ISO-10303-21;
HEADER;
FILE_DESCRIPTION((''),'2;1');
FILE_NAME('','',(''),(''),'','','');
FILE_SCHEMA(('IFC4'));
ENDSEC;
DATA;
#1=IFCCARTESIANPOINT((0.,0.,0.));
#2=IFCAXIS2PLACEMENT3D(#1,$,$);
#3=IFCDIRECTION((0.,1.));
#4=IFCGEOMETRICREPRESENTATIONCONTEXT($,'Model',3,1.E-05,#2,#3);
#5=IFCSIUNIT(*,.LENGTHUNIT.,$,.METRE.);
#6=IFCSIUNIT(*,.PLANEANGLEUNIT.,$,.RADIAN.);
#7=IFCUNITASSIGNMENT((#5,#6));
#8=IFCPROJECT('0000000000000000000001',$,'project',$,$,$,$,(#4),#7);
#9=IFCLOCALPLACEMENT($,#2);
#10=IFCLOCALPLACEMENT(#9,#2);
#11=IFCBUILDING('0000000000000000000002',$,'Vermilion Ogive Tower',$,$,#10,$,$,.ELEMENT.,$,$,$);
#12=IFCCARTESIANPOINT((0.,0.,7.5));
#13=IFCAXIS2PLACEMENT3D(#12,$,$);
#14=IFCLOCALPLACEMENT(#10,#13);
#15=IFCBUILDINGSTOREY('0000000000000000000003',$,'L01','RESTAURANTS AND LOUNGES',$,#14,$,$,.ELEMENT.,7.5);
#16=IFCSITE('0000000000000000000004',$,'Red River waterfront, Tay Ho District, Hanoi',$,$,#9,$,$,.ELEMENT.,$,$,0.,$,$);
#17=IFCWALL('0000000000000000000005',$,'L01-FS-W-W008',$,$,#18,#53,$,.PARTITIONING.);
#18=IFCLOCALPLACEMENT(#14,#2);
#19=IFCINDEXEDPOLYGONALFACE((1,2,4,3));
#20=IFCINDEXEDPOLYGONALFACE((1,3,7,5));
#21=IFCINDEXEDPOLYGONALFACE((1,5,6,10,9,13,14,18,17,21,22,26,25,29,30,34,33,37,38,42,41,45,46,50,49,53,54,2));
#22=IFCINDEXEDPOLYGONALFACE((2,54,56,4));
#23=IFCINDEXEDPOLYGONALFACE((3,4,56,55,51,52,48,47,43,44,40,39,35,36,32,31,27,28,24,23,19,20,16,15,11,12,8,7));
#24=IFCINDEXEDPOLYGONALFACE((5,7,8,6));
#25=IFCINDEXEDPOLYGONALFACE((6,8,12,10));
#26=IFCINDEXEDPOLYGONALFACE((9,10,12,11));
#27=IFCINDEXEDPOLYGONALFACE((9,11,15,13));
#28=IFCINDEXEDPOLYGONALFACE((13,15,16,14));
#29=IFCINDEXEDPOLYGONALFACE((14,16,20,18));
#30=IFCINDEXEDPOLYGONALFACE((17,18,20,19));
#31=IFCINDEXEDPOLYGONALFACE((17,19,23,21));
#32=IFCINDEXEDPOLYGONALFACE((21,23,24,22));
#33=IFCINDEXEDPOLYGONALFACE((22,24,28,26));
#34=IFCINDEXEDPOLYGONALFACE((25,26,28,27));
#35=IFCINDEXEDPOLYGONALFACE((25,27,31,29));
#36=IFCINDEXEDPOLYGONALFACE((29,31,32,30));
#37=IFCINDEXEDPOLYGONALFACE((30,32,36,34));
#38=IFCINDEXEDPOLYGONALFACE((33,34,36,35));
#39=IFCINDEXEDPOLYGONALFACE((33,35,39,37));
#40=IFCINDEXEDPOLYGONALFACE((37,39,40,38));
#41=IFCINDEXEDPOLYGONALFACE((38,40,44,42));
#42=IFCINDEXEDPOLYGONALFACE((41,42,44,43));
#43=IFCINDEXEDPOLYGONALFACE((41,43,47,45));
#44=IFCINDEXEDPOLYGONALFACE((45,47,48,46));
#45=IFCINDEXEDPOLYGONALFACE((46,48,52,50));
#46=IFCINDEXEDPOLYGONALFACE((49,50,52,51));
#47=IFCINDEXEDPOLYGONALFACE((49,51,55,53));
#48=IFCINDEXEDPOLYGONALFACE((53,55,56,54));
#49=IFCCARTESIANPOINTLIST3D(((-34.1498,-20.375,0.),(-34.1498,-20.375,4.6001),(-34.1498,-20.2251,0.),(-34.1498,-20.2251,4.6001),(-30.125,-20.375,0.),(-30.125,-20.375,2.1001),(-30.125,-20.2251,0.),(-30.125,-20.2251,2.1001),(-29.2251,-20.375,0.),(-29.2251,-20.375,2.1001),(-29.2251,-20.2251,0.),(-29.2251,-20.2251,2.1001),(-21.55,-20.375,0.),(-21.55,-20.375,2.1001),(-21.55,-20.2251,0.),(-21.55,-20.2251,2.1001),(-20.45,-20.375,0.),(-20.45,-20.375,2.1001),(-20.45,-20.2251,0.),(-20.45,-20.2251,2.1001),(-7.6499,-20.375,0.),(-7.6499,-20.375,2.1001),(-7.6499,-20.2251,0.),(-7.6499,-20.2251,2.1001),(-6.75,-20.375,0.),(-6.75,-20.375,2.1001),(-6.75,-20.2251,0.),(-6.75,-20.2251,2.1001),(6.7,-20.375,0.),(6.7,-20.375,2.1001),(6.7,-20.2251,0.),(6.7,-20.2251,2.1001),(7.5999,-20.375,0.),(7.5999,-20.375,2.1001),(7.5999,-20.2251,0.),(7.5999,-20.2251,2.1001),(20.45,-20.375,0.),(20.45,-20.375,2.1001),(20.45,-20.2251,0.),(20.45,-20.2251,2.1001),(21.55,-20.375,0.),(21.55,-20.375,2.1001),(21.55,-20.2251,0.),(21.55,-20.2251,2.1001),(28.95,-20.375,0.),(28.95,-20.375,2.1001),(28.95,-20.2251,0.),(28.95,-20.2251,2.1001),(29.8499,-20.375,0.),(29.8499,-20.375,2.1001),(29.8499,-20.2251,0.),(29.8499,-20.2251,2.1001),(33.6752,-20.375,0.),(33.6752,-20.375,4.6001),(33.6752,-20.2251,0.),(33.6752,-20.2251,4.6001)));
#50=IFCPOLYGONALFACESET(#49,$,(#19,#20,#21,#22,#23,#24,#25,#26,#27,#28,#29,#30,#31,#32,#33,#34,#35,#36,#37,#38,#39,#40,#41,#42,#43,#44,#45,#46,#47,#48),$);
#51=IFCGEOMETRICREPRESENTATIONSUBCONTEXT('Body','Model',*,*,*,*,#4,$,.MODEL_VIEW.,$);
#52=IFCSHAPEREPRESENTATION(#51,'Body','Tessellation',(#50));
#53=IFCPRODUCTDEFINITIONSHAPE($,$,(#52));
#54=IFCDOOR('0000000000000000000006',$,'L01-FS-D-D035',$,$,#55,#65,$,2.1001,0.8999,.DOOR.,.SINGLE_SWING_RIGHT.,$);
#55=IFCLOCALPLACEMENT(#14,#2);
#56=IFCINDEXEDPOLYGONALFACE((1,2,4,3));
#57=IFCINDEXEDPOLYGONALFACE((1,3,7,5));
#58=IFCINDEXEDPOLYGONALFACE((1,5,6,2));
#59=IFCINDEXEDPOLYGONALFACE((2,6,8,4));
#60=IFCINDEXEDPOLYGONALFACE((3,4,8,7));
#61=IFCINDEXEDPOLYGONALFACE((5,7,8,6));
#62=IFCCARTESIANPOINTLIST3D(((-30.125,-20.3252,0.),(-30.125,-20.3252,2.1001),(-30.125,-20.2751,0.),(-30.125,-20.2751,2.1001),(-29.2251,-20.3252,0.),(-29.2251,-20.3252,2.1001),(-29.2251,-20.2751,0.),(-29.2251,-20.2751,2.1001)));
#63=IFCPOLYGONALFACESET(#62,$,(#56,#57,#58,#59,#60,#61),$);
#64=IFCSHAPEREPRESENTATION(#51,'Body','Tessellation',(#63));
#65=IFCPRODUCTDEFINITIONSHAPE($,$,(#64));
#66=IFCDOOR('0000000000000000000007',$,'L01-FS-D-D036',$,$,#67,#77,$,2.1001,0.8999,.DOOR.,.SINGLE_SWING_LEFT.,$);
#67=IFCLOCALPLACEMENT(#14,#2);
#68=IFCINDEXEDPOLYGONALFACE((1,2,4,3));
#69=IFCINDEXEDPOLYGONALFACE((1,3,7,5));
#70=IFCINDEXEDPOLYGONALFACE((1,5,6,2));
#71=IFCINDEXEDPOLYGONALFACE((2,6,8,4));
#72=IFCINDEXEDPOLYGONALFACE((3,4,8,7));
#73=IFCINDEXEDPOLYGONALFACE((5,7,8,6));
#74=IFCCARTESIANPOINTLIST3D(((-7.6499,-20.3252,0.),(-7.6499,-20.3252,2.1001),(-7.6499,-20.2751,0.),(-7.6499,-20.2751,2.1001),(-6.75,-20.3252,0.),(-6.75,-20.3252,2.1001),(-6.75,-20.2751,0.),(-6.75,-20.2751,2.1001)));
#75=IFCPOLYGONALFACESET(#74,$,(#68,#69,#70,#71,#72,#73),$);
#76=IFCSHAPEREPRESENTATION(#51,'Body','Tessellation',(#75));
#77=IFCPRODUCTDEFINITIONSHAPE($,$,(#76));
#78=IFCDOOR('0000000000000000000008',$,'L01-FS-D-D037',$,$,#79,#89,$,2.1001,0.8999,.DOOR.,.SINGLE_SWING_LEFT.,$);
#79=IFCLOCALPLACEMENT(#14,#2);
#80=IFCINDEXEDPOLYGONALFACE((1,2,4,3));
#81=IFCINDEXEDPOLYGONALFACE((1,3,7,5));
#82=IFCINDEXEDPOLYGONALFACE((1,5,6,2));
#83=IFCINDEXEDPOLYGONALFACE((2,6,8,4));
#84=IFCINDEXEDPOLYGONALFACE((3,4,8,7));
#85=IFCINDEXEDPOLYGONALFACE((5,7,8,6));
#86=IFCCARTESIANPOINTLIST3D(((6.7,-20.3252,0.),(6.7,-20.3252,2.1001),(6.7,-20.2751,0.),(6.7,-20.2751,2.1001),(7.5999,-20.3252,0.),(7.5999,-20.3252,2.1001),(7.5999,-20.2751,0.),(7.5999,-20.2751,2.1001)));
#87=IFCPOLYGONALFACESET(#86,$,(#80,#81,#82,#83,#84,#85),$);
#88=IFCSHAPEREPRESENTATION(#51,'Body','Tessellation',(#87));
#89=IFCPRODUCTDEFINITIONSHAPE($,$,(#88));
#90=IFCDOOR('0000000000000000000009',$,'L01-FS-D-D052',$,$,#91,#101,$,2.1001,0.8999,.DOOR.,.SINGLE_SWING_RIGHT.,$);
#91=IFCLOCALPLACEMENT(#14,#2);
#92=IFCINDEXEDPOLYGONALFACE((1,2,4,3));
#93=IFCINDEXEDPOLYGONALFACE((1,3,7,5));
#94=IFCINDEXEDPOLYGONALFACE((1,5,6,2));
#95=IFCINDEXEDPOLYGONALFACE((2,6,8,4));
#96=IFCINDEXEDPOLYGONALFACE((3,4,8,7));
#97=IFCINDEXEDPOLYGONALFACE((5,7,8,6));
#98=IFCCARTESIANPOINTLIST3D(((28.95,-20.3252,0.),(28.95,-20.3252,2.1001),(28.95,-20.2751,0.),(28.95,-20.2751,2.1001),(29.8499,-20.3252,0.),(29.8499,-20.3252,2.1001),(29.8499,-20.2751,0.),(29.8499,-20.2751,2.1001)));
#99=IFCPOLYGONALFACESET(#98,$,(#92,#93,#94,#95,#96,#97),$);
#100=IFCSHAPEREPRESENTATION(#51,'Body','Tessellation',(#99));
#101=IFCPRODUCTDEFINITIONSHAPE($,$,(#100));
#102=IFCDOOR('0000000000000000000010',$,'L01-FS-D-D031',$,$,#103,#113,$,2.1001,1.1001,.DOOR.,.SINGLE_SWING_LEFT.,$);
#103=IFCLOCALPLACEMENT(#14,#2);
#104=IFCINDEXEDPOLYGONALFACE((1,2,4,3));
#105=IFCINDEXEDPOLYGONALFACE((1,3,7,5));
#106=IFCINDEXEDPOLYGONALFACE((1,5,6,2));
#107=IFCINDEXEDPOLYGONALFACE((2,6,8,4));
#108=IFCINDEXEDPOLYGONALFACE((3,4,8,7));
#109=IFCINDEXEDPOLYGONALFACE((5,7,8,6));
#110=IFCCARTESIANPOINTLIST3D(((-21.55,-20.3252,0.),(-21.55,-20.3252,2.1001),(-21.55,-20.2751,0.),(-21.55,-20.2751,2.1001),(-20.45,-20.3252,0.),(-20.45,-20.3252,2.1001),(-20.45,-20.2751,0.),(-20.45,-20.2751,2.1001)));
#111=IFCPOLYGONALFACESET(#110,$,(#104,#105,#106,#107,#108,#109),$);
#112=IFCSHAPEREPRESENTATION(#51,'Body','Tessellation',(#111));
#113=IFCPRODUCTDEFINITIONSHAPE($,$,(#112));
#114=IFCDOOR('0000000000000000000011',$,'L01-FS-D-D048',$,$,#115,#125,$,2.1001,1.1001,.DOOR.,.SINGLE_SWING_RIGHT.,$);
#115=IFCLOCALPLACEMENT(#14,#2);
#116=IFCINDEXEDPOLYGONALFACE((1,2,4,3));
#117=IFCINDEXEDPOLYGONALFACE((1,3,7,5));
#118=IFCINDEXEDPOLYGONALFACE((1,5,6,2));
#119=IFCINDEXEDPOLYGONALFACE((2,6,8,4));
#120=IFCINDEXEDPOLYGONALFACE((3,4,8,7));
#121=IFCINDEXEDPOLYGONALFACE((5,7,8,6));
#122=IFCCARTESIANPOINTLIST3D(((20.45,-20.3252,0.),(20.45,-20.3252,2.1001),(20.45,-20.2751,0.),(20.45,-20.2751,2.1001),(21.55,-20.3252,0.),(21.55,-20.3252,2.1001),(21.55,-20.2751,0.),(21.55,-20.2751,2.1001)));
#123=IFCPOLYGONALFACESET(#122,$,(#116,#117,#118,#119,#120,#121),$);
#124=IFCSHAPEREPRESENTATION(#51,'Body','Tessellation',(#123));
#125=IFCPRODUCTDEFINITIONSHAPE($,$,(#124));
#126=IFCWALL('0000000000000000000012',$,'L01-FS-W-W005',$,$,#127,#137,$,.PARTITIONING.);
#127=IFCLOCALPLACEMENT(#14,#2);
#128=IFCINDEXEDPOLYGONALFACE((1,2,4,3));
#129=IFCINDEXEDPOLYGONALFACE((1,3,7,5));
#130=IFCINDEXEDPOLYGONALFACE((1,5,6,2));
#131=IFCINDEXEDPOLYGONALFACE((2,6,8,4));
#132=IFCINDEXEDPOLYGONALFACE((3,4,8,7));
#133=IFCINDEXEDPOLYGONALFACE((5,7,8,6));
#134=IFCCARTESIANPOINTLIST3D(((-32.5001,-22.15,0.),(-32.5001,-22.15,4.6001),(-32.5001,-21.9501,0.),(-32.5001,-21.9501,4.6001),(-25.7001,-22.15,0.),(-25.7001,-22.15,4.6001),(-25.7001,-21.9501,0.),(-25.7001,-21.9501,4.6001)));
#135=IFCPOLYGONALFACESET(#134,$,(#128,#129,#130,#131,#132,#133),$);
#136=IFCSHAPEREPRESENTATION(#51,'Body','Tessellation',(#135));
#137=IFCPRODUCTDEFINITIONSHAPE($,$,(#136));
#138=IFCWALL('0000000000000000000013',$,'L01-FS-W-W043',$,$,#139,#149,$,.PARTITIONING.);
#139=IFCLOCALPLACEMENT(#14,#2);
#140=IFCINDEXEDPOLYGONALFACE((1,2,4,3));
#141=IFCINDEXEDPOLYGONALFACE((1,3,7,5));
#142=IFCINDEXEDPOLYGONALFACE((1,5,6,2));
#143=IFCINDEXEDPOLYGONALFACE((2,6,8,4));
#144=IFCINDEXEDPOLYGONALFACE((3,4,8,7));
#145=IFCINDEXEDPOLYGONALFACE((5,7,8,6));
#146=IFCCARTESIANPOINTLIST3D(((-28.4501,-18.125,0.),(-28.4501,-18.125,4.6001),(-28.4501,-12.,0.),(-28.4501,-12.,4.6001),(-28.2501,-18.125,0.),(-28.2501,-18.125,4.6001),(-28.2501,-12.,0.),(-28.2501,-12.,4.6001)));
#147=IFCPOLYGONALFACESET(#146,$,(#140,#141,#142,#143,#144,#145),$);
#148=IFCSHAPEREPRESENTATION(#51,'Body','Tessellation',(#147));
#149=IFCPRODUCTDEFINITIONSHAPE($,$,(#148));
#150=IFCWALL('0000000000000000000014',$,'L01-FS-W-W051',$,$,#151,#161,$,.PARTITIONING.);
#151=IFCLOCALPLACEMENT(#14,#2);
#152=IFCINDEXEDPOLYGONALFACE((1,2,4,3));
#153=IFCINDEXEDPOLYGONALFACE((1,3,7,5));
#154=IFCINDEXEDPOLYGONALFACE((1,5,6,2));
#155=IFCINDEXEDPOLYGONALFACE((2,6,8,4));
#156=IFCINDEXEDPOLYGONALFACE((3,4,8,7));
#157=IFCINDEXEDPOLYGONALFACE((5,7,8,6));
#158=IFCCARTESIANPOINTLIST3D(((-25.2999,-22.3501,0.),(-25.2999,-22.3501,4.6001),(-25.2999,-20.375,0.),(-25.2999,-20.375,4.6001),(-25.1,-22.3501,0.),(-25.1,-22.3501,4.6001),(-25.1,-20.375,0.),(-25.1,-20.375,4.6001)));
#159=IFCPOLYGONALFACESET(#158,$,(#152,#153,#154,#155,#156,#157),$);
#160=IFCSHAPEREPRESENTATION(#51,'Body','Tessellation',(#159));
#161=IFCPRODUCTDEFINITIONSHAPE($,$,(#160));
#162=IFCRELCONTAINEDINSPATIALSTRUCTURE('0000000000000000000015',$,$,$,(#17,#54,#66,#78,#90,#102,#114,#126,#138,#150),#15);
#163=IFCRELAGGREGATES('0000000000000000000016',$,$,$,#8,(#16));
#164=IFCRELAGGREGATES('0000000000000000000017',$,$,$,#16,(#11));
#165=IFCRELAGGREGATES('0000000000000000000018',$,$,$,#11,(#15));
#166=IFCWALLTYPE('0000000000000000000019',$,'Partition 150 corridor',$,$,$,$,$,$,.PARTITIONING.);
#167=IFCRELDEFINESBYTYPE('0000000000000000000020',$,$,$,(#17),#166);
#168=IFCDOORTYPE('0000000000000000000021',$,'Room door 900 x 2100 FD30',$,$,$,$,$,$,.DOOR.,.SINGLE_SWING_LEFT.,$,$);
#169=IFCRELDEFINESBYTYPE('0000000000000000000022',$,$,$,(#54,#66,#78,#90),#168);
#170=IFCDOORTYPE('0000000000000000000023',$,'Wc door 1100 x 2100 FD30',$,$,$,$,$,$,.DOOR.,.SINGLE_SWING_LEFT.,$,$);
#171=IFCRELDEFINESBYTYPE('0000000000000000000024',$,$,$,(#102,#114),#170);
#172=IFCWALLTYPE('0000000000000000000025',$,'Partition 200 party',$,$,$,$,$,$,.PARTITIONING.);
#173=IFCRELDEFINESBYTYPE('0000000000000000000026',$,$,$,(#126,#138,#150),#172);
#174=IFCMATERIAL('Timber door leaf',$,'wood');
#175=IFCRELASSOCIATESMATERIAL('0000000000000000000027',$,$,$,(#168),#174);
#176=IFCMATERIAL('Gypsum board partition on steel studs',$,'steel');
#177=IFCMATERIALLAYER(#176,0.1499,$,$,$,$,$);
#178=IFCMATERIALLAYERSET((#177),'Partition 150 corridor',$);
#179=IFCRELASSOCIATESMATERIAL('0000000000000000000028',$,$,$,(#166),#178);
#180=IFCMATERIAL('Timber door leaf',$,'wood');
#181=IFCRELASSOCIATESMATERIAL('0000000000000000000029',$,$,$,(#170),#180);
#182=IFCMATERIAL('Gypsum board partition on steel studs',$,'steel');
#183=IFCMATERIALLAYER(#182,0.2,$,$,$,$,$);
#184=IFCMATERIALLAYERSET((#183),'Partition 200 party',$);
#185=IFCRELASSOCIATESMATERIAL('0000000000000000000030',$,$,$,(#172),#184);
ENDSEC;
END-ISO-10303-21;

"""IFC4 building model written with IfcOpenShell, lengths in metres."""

from ifc_helpers import new_model, si_unit, direction, frame, frame_2d, origin, place, context, subcontext, project, spatial, rectangle, extrude, material, layer, layer_set, type_object, element, fill, save


model = new_model("IFC4")

# Units and contexts
model_context = context("Model", 3, precision=1e-05, world=origin(), true_north=direction((0.0, 1.0)))
body_context = subcontext(model_context, "Body", "Model", "MODEL_VIEW")
ifc_project = project(units=[si_unit("LENGTHUNIT", "METRE"), si_unit("PLANEANGLEUNIT", "RADIAN")], contexts=[model_context])

# Site, building, storey
site_placement = place(None, origin())
site = spatial("IfcSite", under=ifc_project, at=site_placement, Name="Red River waterfront, Tay Ho District, Hanoi", CompositionType="ELEMENT", RefElevation=0.0)
building_placement = place(site_placement, origin())
building = spatial("IfcBuilding", under=site, at=building_placement, Name="Vermilion Ogive Tower", CompositionType="ELEMENT")
storey_placement = place(building_placement, frame((0.0, 0.0, 7.5)))
storey = spatial("IfcBuildingStorey", under=building, at=storey_placement, Name="L01", Description="RESTAURANTS AND LOUNGES", CompositionType="ELEMENT", Elevation=7.5)

# Wall, openings, doors
ifc_material_1 = material(Name="Timber door leaf", Category="wood")
door_type_1 = type_object("IfcDoorType", Name="Room door 900 x 2100 FD30", OperationType="SINGLE_SWING_LEFT", PredefinedType="DOOR", material=ifc_material_1)
ifc_material_2 = material(Name="Gypsum board partition on steel studs", Category="steel")
ifc_layer_1 = layer(ifc_material_2, 0.1499)
ifc_layer_set_1 = layer_set([ifc_layer_1], Name="Partition 150 corridor")
wall_type_1 = type_object("IfcWallType", Name="Partition 150 corridor", PredefinedType="PARTITIONING", material=ifc_layer_set_1)
wall_1_placement = place(storey_placement, frame((-34.1499, -20.3, 0.0), z_axis=(0.0, 0.0, 1.0), x_axis=(1.0, 0.0, 0.0)))
wall_1 = element("IfcWall", 1, at=wall_1_placement, inside=storey, type_object=wall_type_1, Name="L01-FS-W-W008", PredefinedType="PARTITIONING", context=body_context, shape_type="SweptSolid", body=[
    extrude(rectangle(XDim=67.825, YDim=0.1499, at=frame_2d((33.9126, 0.0))), origin(), (0.0, 0.0, 1.0), 4.6001),
])
opening_1_placement = place(wall_1_placement, frame((12.5999, 0.0, 0.0)))
opening_1 = element("IfcOpeningElement", 2, at=opening_1_placement, cuts=wall_1, PredefinedType="OPENING", context=body_context, shape_type="SweptSolid", body=[
    extrude(rectangle(XDim=1.1001, YDim=2.1001, at=frame_2d((0.55, 1.05))), frame((0.0, 0.085, 0.0), z_axis=(0.0, -1.0, 0.0), x_axis=(1.0, 0.0, 0.0)), (0.0, 0.0, 1.0), 0.1699),
])
opening_2_placement = place(wall_1_placement, frame((4.0249, 0.0, 0.0)))
opening_2 = element("IfcOpeningElement", 3, at=opening_2_placement, cuts=wall_1, PredefinedType="OPENING", context=body_context, shape_type="SweptSolid", body=[
    extrude(rectangle(XDim=0.8999, YDim=2.1001, at=frame_2d((0.45, 1.05))), frame((0.0, 0.085, 0.0), z_axis=(0.0, -1.0, 0.0), x_axis=(1.0, 0.0, 0.0)), (0.0, 0.0, 1.0), 0.1699),
])
opening_3_placement = place(wall_1_placement, frame((26.5, 0.0, 0.0)))
opening_3 = element("IfcOpeningElement", 4, at=opening_3_placement, cuts=wall_1, PredefinedType="OPENING", context=body_context, shape_type="SweptSolid", body=[
    extrude(rectangle(XDim=0.8999, YDim=2.1001, at=frame_2d((0.45, 1.05))), frame((0.0, 0.085, 0.0), z_axis=(0.0, -1.0, 0.0), x_axis=(1.0, 0.0, 0.0)), (0.0, 0.0, 1.0), 0.1699),
])
opening_4_placement = place(wall_1_placement, frame((40.8499, 0.0, 0.0)))
opening_4 = element("IfcOpeningElement", 5, at=opening_4_placement, cuts=wall_1, PredefinedType="OPENING", context=body_context, shape_type="SweptSolid", body=[
    extrude(rectangle(XDim=0.8999, YDim=2.1001, at=frame_2d((0.45, 1.05))), frame((0.0, 0.085, 0.0), z_axis=(0.0, -1.0, 0.0), x_axis=(1.0, 0.0, 0.0)), (0.0, 0.0, 1.0), 0.1699),
])
opening_5_placement = place(wall_1_placement, frame((54.5999, 0.0, 0.0)))
opening_5 = element("IfcOpeningElement", 6, at=opening_5_placement, cuts=wall_1, PredefinedType="OPENING", context=body_context, shape_type="SweptSolid", body=[
    extrude(rectangle(XDim=1.1001, YDim=2.1001, at=frame_2d((0.55, 1.05))), frame((0.0, 0.085, 0.0), z_axis=(0.0, -1.0, 0.0), x_axis=(1.0, 0.0, 0.0)), (0.0, 0.0, 1.0), 0.1699),
])
opening_6_placement = place(wall_1_placement, frame((63.0999, 0.0, 0.0)))
opening_6 = element("IfcOpeningElement", 7, at=opening_6_placement, cuts=wall_1, PredefinedType="OPENING", context=body_context, shape_type="SweptSolid", body=[
    extrude(rectangle(XDim=0.8999, YDim=2.1001, at=frame_2d((0.45, 1.05))), frame((0.0, 0.085, 0.0), z_axis=(0.0, -1.0, 0.0), x_axis=(1.0, 0.0, 0.0)), (0.0, 0.0, 1.0), 0.1699),
])
door_1_placement = place(opening_2_placement, origin())
door_1 = element("IfcDoor", 8, at=door_1_placement, inside=storey, type_object=door_type_1, Name="L01-FS-D-D035", OperationType="SINGLE_SWING_RIGHT", OverallHeight=2.1001, OverallWidth=0.8999, PredefinedType="DOOR", context=body_context, shape_type="SweptSolid", body=[
    extrude(rectangle(XDim=0.8999, YDim=2.1001, at=frame_2d((0.45, 1.05))), frame((0.0, 0.0249, 0.0), z_axis=(0.0, -1.0, 0.0), x_axis=(1.0, 0.0, 0.0)), (0.0, 0.0, 1.0), 0.05),
])
fill(opening_2, door_1)
door_2_placement = place(opening_3_placement, origin())
door_2 = element("IfcDoor", 9, at=door_2_placement, inside=storey, type_object=door_type_1, Name="L01-FS-D-D036", OperationType="SINGLE_SWING_LEFT", OverallHeight=2.1001, OverallWidth=0.8999, PredefinedType="DOOR", context=body_context, shape_type="SweptSolid", body=[
    extrude(rectangle(XDim=0.8999, YDim=2.1001, at=frame_2d((0.45, 1.05))), frame((0.0, 0.0249, 0.0), z_axis=(0.0, -1.0, 0.0), x_axis=(1.0, 0.0, 0.0)), (0.0, 0.0, 1.0), 0.05),
])
fill(opening_3, door_2)
door_3_placement = place(opening_4_placement, origin())
door_3 = element("IfcDoor", 10, at=door_3_placement, inside=storey, type_object=door_type_1, Name="L01-FS-D-D037", OperationType="SINGLE_SWING_LEFT", OverallHeight=2.1001, OverallWidth=0.8999, PredefinedType="DOOR", context=body_context, shape_type="SweptSolid", body=[
    extrude(rectangle(XDim=0.8999, YDim=2.1001, at=frame_2d((0.45, 1.05))), frame((0.0, 0.0249, 0.0), z_axis=(0.0, -1.0, 0.0), x_axis=(1.0, 0.0, 0.0)), (0.0, 0.0, 1.0), 0.05),
])
fill(opening_4, door_3)
door_4_placement = place(opening_6_placement, origin())
door_4 = element("IfcDoor", 11, at=door_4_placement, inside=storey, type_object=door_type_1, Name="L01-FS-D-D052", OperationType="SINGLE_SWING_RIGHT", OverallHeight=2.1001, OverallWidth=0.8999, PredefinedType="DOOR", context=body_context, shape_type="SweptSolid", body=[
    extrude(rectangle(XDim=0.8999, YDim=2.1001, at=frame_2d((0.45, 1.05))), frame((0.0, 0.0249, 0.0), z_axis=(0.0, -1.0, 0.0), x_axis=(1.0, 0.0, 0.0)), (0.0, 0.0, 1.0), 0.05),
])
fill(opening_6, door_4)
ifc_material_3 = material(Name="Timber door leaf", Category="wood")
door_type_2 = type_object("IfcDoorType", Name="Wc door 1100 x 2100 FD30", OperationType="SINGLE_SWING_LEFT", PredefinedType="DOOR", material=ifc_material_3)
door_5_placement = place(opening_1_placement, origin())
door_5 = element("IfcDoor", 12, at=door_5_placement, inside=storey, type_object=door_type_2, Name="L01-FS-D-D031", OperationType="SINGLE_SWING_LEFT", OverallHeight=2.1001, OverallWidth=1.1001, PredefinedType="DOOR", context=body_context, shape_type="SweptSolid", body=[
    extrude(rectangle(XDim=1.1001, YDim=2.1001, at=frame_2d((0.55, 1.05))), frame((0.0, 0.0249, 0.0), z_axis=(0.0, -1.0, 0.0), x_axis=(1.0, 0.0, 0.0)), (0.0, 0.0, 1.0), 0.05),
])
fill(opening_1, door_5)
door_6_placement = place(opening_5_placement, origin())
door_6 = element("IfcDoor", 13, at=door_6_placement, inside=storey, type_object=door_type_2, Name="L01-FS-D-D048", OperationType="SINGLE_SWING_RIGHT", OverallHeight=2.1001, OverallWidth=1.1001, PredefinedType="DOOR", context=body_context, shape_type="SweptSolid", body=[
    extrude(rectangle(XDim=1.1001, YDim=2.1001, at=frame_2d((0.55, 1.05))), frame((0.0, 0.0249, 0.0), z_axis=(0.0, -1.0, 0.0), x_axis=(1.0, 0.0, 0.0)), (0.0, 0.0, 1.0), 0.05),
])
fill(opening_5, door_6)

# Walls
ifc_material_4 = material(Name="Gypsum board partition on steel studs", Category="steel")
ifc_layer_2 = layer(ifc_material_4, 0.2)
ifc_layer_set_2 = layer_set([ifc_layer_2], Name="Partition 200 party")
wall_type_2 = type_object("IfcWallType", Name="Partition 200 party", PredefinedType="PARTITIONING", material=ifc_layer_set_2)
wall_2_placement = place(storey_placement, frame((-32.5, -22.05, 0.0), z_axis=(0.0, 0.0, 1.0), x_axis=(1.0, 0.0, 0.0)))
element("IfcWall", 14, at=wall_2_placement, inside=storey, type_object=wall_type_2, Name="L01-FS-W-W005", PredefinedType="PARTITIONING", context=body_context, shape_type="SweptSolid", body=[
    extrude(rectangle(XDim=6.8, YDim=0.2, at=frame_2d((3.3999, 0.0))), origin(), (0.0, 0.0, 1.0), 4.6001),
])
wall_3_placement = place(storey_placement, frame((-28.3501, -18.125, 0.0), z_axis=(0.0, 0.0, 1.0), x_axis=(0.0, 1.0, 0.0)))
element("IfcWall", 15, at=wall_3_placement, inside=storey, type_object=wall_type_2, Name="L01-FS-W-W043", PredefinedType="PARTITIONING", context=body_context, shape_type="SweptSolid", body=[
    extrude(rectangle(XDim=6.125, YDim=0.2, at=frame_2d((3.0625, 0.0))), origin(), (0.0, 0.0, 1.0), 4.6001),
])
wall_4_placement = place(storey_placement, frame((-25.2, -22.3501, 0.0), z_axis=(0.0, 0.0, 1.0), x_axis=(0.0, 1.0, 0.0)))
element("IfcWall", 16, at=wall_4_placement, inside=storey, type_object=wall_type_2, Name="L01-FS-W-W051", PredefinedType="PARTITIONING", context=body_context, shape_type="SweptSolid", body=[
    extrude(rectangle(XDim=1.9751, YDim=0.2, at=frame_2d((0.9875, 0.0))), origin(), (0.0, 0.0, 1.0), 4.6001),
])

save(model, "model.ifc")
